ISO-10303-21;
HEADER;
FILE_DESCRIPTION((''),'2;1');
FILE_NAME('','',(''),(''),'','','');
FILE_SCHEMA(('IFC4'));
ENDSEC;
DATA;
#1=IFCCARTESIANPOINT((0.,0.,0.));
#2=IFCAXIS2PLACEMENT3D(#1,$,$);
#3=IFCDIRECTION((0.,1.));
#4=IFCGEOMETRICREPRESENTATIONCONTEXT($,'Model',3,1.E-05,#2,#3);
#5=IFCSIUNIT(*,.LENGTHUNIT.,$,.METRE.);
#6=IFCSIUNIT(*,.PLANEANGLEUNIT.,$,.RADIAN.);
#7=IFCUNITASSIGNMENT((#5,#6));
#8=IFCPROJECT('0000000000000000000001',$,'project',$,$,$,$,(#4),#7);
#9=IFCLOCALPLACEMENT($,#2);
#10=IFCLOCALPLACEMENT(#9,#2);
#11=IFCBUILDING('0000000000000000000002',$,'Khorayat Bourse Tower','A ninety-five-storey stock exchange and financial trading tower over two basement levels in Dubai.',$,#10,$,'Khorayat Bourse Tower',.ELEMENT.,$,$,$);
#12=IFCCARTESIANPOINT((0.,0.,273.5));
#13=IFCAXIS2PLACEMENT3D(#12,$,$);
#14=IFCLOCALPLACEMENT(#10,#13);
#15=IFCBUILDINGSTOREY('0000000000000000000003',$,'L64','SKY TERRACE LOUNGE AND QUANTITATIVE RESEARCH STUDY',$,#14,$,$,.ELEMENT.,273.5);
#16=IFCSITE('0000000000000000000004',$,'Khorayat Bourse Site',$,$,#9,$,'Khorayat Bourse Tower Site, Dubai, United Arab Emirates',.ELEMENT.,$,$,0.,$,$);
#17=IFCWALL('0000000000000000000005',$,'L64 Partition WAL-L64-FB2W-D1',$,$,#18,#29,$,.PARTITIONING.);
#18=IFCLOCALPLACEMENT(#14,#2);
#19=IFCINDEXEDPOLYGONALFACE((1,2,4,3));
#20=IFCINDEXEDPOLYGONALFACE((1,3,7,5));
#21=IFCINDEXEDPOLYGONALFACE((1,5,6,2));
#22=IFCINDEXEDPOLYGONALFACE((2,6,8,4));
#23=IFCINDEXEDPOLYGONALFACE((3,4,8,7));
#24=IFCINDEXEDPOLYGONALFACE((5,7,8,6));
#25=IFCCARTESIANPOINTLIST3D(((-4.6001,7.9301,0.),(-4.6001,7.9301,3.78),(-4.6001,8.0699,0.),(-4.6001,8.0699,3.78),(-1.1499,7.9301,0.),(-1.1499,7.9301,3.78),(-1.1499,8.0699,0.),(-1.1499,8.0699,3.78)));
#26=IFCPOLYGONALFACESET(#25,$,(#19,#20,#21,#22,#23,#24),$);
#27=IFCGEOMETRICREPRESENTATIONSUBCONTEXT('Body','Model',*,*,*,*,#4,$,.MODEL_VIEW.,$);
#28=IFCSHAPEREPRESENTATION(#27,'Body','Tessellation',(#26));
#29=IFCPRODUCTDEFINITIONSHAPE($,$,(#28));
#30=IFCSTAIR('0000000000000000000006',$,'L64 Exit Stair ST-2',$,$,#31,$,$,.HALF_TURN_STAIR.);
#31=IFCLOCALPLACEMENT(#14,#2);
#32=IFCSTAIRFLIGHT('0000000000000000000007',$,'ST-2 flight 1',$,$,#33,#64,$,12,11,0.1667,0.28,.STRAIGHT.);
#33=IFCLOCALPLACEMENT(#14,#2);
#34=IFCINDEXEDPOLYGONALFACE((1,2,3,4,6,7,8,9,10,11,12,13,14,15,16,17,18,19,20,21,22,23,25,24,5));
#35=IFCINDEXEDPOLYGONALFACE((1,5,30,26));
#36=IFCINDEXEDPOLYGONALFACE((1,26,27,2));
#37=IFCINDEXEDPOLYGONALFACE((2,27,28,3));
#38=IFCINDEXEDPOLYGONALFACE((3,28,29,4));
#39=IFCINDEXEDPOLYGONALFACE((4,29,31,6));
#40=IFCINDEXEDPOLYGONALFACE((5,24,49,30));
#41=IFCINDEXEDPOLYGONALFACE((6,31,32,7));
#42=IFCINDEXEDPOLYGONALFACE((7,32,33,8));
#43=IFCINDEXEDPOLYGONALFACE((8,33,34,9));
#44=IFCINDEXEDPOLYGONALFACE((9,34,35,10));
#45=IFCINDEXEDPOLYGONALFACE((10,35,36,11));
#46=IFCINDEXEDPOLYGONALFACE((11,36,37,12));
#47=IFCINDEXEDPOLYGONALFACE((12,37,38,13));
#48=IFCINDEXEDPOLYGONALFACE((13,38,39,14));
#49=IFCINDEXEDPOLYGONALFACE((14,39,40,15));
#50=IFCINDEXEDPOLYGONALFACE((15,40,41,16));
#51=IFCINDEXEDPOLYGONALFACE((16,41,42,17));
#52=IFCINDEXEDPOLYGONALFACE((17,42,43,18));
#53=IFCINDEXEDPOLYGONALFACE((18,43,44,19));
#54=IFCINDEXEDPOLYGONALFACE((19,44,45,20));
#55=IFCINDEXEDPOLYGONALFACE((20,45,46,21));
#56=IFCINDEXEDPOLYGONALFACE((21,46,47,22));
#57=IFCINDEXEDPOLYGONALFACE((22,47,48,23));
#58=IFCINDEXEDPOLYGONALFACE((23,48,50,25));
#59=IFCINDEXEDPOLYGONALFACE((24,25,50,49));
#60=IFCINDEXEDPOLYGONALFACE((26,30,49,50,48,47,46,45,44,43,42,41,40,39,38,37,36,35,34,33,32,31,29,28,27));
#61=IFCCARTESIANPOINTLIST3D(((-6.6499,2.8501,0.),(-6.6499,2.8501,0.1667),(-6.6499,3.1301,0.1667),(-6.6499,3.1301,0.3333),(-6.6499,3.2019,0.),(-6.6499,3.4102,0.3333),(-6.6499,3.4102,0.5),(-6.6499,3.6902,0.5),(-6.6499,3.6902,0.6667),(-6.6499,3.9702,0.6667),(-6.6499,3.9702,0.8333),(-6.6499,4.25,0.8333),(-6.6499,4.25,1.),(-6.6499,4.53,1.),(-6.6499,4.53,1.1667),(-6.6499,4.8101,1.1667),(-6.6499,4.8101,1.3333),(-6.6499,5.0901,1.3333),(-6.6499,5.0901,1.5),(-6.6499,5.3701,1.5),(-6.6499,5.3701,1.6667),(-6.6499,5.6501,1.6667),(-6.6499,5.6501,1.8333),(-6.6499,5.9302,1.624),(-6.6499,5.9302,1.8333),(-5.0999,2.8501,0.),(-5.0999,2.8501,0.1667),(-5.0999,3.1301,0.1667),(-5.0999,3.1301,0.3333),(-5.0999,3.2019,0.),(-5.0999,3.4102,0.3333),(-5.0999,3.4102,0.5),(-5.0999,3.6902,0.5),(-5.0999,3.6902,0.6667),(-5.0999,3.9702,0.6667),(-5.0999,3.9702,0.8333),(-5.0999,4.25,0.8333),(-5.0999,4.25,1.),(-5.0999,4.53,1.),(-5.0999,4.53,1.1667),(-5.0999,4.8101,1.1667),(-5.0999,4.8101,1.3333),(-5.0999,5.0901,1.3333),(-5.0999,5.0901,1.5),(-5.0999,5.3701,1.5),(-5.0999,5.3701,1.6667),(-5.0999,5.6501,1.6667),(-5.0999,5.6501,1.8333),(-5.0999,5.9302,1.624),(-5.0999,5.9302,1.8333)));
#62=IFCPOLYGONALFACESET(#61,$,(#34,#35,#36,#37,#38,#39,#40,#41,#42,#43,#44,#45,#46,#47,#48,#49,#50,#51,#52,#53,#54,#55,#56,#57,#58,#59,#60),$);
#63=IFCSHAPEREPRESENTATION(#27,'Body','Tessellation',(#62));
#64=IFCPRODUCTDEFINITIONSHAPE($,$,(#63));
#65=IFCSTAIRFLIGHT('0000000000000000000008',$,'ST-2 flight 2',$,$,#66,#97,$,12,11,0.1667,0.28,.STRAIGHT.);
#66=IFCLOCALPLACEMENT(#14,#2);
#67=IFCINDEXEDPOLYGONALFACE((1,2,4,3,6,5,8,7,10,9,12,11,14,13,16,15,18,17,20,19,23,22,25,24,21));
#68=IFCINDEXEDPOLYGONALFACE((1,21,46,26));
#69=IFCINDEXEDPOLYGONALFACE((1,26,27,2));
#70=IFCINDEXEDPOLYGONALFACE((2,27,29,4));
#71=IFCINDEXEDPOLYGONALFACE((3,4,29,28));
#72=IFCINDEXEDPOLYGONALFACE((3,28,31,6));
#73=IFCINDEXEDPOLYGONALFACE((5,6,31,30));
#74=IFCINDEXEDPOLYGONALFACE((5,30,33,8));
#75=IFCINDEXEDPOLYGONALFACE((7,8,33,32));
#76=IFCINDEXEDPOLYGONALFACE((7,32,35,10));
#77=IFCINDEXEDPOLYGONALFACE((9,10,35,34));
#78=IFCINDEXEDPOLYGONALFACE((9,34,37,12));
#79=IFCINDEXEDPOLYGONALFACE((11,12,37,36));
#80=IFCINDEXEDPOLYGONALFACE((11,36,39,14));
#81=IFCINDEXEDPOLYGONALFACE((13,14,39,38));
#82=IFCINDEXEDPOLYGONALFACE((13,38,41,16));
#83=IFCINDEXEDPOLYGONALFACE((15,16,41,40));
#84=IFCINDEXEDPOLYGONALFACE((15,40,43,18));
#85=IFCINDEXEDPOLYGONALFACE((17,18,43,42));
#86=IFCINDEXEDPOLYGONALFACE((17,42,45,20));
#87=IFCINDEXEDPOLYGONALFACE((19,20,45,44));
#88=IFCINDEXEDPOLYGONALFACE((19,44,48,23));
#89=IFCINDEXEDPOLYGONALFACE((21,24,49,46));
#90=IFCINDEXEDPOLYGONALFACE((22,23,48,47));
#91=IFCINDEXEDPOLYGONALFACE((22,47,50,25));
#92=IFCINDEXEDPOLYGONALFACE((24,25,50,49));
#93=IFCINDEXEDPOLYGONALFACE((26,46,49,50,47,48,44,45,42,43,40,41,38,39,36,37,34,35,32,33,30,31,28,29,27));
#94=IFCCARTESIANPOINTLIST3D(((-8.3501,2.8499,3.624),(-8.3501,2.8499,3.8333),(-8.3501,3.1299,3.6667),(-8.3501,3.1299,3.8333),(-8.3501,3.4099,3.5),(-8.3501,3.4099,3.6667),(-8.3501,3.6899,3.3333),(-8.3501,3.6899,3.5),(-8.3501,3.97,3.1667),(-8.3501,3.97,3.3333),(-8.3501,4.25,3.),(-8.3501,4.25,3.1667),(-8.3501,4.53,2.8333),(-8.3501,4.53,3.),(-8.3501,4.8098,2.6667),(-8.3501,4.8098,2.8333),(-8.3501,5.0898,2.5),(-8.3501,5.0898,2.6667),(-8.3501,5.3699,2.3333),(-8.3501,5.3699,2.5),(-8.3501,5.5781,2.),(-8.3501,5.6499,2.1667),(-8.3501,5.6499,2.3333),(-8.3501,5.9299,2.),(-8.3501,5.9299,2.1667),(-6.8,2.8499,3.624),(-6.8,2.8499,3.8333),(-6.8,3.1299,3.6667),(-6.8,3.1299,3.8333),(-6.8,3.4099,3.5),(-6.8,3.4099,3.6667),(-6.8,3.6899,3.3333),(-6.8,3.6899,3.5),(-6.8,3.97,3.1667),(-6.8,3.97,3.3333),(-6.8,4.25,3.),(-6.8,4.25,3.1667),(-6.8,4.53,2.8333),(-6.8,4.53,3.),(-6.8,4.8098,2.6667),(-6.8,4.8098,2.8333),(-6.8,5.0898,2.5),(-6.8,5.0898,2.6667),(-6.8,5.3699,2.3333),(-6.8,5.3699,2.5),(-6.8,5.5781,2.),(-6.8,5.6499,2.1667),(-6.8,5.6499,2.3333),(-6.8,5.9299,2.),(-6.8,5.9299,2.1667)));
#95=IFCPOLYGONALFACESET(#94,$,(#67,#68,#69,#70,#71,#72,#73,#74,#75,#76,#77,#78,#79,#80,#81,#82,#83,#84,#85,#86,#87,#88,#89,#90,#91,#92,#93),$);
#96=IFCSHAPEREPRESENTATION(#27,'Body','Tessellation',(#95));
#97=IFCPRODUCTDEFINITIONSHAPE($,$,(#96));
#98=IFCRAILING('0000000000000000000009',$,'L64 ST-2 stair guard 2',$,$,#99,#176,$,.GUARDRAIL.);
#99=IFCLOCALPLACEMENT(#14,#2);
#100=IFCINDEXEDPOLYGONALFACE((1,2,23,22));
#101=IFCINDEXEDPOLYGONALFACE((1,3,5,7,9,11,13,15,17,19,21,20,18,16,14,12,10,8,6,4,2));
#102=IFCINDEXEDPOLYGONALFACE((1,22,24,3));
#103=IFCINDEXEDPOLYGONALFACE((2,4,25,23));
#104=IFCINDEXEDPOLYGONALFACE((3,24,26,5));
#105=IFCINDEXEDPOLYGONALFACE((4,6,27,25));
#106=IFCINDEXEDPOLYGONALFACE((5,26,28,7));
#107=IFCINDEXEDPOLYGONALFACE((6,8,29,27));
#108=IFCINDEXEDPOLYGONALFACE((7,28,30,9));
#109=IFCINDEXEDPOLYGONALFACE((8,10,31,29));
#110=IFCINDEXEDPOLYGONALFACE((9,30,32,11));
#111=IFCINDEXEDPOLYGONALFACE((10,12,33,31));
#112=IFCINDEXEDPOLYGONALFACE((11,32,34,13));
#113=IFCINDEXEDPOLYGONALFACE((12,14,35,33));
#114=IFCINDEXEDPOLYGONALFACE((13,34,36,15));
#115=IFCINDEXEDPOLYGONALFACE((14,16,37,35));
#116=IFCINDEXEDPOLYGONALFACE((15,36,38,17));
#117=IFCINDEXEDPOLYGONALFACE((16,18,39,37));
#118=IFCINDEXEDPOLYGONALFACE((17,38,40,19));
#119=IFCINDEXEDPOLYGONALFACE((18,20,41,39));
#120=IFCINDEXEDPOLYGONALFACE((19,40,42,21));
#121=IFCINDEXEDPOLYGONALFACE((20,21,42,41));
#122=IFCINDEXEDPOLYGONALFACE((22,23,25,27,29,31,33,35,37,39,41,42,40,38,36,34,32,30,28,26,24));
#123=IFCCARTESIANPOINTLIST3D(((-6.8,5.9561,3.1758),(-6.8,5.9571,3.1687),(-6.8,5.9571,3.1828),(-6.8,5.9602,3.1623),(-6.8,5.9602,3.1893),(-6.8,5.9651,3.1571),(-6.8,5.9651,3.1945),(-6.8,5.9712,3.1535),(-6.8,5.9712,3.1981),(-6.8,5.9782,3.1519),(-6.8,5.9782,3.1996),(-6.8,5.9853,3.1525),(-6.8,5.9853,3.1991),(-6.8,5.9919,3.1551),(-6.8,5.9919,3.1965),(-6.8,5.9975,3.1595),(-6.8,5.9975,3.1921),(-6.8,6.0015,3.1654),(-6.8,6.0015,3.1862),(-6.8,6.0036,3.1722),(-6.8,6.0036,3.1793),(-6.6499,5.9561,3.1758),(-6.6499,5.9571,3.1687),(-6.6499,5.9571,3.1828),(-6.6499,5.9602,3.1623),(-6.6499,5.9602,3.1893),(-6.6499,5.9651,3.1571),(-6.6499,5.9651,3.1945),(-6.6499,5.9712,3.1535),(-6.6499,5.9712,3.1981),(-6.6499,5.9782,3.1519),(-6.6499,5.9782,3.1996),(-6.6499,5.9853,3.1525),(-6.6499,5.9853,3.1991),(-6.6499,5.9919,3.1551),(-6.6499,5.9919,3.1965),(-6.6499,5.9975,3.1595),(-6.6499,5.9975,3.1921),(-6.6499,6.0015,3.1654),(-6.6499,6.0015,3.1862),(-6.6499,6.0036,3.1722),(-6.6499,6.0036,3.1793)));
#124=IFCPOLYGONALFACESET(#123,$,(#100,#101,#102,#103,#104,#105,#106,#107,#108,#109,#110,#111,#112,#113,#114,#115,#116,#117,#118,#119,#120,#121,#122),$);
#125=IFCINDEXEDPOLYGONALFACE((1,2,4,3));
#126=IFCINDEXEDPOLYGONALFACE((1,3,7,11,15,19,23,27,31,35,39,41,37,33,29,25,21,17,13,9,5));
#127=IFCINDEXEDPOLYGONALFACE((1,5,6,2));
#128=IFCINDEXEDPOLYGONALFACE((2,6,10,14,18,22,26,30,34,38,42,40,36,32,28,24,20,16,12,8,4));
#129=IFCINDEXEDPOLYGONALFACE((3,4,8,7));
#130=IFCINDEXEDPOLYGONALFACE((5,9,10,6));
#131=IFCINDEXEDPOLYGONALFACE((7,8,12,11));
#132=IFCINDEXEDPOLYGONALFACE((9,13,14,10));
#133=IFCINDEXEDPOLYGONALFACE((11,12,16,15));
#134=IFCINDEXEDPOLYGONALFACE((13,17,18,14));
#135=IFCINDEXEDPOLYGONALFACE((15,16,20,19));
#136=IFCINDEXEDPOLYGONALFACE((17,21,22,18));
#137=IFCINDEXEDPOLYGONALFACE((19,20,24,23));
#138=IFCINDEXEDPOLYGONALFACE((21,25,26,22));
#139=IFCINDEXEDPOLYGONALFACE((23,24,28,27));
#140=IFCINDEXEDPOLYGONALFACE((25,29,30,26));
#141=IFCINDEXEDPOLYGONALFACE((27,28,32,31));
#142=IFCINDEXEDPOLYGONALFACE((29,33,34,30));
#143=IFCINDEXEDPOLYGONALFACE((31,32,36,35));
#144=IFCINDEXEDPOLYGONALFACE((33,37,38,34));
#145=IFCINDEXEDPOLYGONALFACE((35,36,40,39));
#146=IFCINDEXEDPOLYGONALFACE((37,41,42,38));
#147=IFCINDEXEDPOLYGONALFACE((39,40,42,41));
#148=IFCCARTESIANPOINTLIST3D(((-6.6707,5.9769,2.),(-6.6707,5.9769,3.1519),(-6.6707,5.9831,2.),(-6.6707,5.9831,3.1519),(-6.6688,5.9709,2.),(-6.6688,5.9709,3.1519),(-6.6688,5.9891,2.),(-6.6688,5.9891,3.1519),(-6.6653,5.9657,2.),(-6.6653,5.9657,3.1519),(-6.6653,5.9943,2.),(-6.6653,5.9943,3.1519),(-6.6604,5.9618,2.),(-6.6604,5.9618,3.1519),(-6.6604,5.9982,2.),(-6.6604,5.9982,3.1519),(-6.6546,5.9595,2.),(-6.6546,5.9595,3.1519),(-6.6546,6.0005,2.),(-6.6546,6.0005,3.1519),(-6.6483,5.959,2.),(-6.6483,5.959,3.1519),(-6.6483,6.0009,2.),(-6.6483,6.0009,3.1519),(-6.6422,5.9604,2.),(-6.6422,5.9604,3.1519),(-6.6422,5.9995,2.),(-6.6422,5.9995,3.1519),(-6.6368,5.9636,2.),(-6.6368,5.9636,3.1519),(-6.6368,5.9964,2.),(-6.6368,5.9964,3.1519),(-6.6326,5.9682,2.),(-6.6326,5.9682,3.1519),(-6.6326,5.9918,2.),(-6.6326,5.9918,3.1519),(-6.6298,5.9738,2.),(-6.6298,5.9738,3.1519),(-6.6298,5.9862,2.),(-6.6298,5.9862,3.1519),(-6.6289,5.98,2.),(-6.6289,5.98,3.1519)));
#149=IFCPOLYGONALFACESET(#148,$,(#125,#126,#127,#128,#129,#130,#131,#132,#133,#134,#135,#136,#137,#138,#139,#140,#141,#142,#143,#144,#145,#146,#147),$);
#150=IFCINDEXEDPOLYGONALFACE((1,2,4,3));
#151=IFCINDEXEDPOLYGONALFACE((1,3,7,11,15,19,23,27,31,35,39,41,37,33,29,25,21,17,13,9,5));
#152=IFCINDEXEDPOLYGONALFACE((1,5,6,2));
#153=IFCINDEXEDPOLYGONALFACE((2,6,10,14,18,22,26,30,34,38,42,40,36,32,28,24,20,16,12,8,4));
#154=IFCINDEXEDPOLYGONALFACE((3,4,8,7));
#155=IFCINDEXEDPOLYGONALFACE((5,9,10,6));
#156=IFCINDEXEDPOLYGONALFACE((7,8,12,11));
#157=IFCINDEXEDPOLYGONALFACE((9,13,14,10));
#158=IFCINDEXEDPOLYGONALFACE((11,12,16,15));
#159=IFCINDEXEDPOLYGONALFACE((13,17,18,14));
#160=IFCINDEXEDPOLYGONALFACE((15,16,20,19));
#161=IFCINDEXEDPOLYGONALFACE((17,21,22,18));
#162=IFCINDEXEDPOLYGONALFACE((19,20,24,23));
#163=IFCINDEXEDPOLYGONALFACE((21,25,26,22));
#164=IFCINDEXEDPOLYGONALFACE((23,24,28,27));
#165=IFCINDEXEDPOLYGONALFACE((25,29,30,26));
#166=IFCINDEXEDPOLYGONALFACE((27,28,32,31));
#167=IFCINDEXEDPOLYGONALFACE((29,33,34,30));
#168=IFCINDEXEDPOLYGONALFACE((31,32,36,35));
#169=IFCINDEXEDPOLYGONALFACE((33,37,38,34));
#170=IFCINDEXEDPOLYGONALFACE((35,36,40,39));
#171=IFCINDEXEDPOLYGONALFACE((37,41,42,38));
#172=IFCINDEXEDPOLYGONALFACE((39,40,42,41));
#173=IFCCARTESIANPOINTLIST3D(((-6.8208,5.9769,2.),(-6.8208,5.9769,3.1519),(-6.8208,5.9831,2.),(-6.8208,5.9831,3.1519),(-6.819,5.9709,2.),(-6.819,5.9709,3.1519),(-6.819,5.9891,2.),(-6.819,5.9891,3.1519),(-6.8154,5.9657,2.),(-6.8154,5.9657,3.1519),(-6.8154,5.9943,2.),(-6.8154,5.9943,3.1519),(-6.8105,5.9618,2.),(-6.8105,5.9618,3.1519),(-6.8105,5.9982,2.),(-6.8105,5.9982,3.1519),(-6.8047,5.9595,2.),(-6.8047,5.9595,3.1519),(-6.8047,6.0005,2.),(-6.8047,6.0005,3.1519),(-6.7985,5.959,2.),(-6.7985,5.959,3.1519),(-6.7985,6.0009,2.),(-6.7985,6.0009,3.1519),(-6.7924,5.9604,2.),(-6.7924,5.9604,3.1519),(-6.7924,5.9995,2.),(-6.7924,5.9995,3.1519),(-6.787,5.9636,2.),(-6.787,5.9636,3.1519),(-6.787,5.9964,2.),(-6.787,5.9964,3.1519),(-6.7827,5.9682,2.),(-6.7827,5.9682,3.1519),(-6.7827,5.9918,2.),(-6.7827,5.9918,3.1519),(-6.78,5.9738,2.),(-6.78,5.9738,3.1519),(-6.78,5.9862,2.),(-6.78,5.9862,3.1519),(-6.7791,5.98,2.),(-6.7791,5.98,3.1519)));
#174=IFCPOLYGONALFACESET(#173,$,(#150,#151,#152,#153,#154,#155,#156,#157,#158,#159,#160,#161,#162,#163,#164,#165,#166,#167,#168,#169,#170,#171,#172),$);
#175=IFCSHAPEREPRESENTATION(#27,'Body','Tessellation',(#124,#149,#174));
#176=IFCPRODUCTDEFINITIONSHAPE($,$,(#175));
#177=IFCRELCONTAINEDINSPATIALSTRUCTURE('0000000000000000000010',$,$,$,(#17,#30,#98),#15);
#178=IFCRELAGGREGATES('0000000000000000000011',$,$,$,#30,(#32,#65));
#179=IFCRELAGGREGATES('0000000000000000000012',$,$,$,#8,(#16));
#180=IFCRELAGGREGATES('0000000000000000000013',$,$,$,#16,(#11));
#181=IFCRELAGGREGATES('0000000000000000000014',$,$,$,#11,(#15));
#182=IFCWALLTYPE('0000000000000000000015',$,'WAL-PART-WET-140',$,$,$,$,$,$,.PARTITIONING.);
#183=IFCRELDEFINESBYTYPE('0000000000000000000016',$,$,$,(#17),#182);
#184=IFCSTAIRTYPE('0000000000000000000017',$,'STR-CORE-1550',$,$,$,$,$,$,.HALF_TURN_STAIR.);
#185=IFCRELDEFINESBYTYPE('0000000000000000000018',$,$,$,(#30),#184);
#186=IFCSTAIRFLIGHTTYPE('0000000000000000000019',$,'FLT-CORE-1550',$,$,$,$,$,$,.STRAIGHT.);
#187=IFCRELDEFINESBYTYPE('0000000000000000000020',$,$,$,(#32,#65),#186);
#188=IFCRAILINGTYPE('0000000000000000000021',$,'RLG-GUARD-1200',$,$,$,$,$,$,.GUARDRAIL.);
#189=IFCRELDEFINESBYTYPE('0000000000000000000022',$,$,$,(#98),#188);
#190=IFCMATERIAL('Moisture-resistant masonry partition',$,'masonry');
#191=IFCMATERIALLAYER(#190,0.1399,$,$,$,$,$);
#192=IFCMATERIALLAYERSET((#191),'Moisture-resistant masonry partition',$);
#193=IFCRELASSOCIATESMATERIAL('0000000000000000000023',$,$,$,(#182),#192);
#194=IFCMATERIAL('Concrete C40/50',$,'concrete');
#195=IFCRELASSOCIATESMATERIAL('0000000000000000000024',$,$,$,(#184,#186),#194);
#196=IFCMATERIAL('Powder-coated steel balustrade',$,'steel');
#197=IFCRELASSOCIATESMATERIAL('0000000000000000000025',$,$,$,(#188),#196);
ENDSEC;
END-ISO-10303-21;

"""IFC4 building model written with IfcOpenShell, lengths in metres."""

from ifc_helpers import new_model, si_unit, direction, frame, frame_2d, origin, origin_2d, place, context, subcontext, project, spatial, polyline, rectangle, circle, outline, extrude, source, transform, mapped, material, layer, layer_set, type_object, element, aggregate, save


model = new_model("IFC4")

# Units and contexts
model_context = context("Model", 3, precision=1e-05, world=origin(), true_north=direction((0.0, 1.0)))
body_context = subcontext(model_context, "Body", "Model", "MODEL_VIEW")
ifc_project = project(units=[si_unit("LENGTHUNIT", "METRE"), si_unit("PLANEANGLEUNIT", "RADIAN")], contexts=[model_context])

# Site, building, storey
site_placement = place(None, origin())
site = spatial("IfcSite", under=ifc_project, at=site_placement, Name="Khorayat Bourse Site", LongName="Khorayat Bourse Tower Site, Dubai, United Arab Emirates", CompositionType="ELEMENT", RefElevation=0.0)
building_placement = place(site_placement, origin())
building = spatial("IfcBuilding", under=site, at=building_placement, Name="Khorayat Bourse Tower", Description="A ninety-five-storey stock exchange and financial trading tower over two basement levels in Dubai.", LongName="Khorayat Bourse Tower", CompositionType="ELEMENT")
storey_placement = place(building_placement, frame((0.0, 0.0, 273.5)))
storey = spatial("IfcBuildingStorey", under=building, at=storey_placement, Name="L64", Description="SKY TERRACE LOUNGE AND QUANTITATIVE RESEARCH STUDY", CompositionType="ELEMENT", Elevation=273.5)

# Wall
ifc_material_1 = material(Name="Moisture-resistant masonry partition", Category="masonry")
ifc_layer_1 = layer(ifc_material_1, 0.1399)
ifc_layer_set_1 = layer_set([ifc_layer_1], Name="Moisture-resistant masonry partition")
wall_type_1 = type_object("IfcWallType", Name="WAL-PART-WET-140", PredefinedType="PARTITIONING", material=ifc_layer_set_1)
shared_shape_1 = source(origin(), body_context, "Body", "SweptSolid", [
    extrude(rectangle(XDim=3.4502, YDim=0.1399, at=frame_2d((1.7251, 0.0))), origin(), (0.0, 0.0, 1.0), 3.78),
])
wall_1_placement = place(storey_placement, frame((-4.6001, 8.0, 0.0), z_axis=(0.0, 0.0, 1.0), x_axis=(1.0, 0.0, 0.0)))
element("IfcWall", 1, at=wall_1_placement, inside=storey, type_object=wall_type_1, Name="L64 Partition WAL-L64-FB2W-D1", PredefinedType="PARTITIONING", context=body_context, shape_type="MappedRepresentation", body=[
    mapped(shared_shape_1, transform((0.0, 0.0, 0.0), scale=1.0)),
])

# Stair, stair flights
ifc_material_2 = material(Name="Concrete C40/50", Category="concrete")
stair_type = type_object("IfcStairType", Name="STR-CORE-1550", PredefinedType="HALF_TURN_STAIR", material=ifc_material_2)
stair_placement = place(storey_placement, origin())
stair = element("IfcStair", 2, at=stair_placement, inside=storey, type_object=stair_type, Name="L64 Exit Stair ST-2", PredefinedType="HALF_TURN_STAIR")
stair_flight_type = type_object("IfcStairFlightType", Name="FLT-CORE-1550", PredefinedType="STRAIGHT", material=ifc_material_2)
shared_shape_2 = source(origin(), body_context, "Body", "SweptSolid", [
    extrude(outline(polyline([(0.0, 0.0), (0.0, 0.1667), (0.28, 0.1667), (0.28, 0.3333), (0.5601, 0.3333), (0.5601, 0.5), (0.8401, 0.5), (0.8401, 0.6667), (1.1201, 0.6667), (1.1201, 0.8333), (1.3999, 0.8333), (1.3999, 1.0), (1.6799, 1.0), (1.6799, 1.1667), (1.96, 1.1667), (1.96, 1.3333), (2.24, 1.3333), (2.24, 1.5), (2.52, 1.5), (2.52, 1.6667), (2.8, 1.6667), (2.8, 1.8333), (3.0801, 1.8333), (3.0801, 2.0), (3.0801, 1.624), (0.3518, 0.0), (0.0, 0.0)])), frame((0.0, 0.7749, 0.0), z_axis=(0.0, -1.0, 0.0), x_axis=(1.0, 0.0, 0.0)), (0.0, 0.0, 1.0), 1.55),
])
stair_flight_1_placement = place(storey_placement, frame((-5.875, 2.8501, 0.0), z_axis=(0.0, 0.0, 1.0), x_axis=(0.0, 1.0, 0.0)))
stair_flight_1 = element("IfcStairFlight", 3, at=stair_flight_1_placement, type_object=stair_flight_type, Name="ST-2 flight 1", NumberOfRisers=12, NumberOfTreads=11, PredefinedType="STRAIGHT", RiserHeight=0.1667, TreadLength=0.28, context=body_context, shape_type="MappedRepresentation", body=[
    mapped(shared_shape_2, transform((0.0, 0.0, 0.0), scale=1.0)),
])
stair_flight_2_placement = place(storey_placement, frame((-7.575, 5.9299, 2.0), z_axis=(0.0, 0.0, 1.0), x_axis=(0.0, -1.0, 0.0)))
stair_flight_2 = element("IfcStairFlight", 4, at=stair_flight_2_placement, type_object=stair_flight_type, Name="ST-2 flight 2", NumberOfRisers=12, NumberOfTreads=11, PredefinedType="STRAIGHT", RiserHeight=0.1667, TreadLength=0.28, context=body_context, shape_type="MappedRepresentation", body=[
    mapped(shared_shape_2, transform((0.0, 0.0, 0.0), scale=1.0)),
])
aggregate(stair, [stair_flight_1, stair_flight_2])

# Railing
ifc_material_3 = material(Name="Powder-coated steel balustrade", Category="steel")
railing_type_1 = type_object("IfcRailingType", Name="RLG-GUARD-1200", PredefinedType="GUARDRAIL", material=ifc_material_3)
shared_shape_3 = source(origin(), body_context, "Body", "SweptSolid", [
    extrude(circle(Radius=0.0239, at=origin_2d()), frame((0.0, 0.0, 1.1758), z_axis=(-1.0, 0.0, 0.0), x_axis=(0.0, -1.0, 0.0)), (0.0, 0.0, 1.0), 0.1501),
    extrude(circle(Radius=0.021, at=origin_2d()), origin(), (0.0, 0.0, 1.0), 1.1519),
    extrude(circle(Radius=0.021, at=origin_2d()), frame((-0.1501, 0.0, 0.0)), (0.0, 0.0, 1.0), 1.1519),
])
for number, where, name in (
    (5, (-6.6499, 5.98, 2.0), "L64 ST-2 stair guard 2"),
):
    element("IfcRailing", number, at=place(storey_placement, frame(where)), inside=storey, type_object=railing_type_1, Name=name, PredefinedType="GUARDRAIL", context=body_context, shape_type="MappedRepresentation", body=[
        mapped(shared_shape_3, transform((0.0, 0.0, 0.0), scale=1.0)),
    ])

save(model, "model.ifc")
